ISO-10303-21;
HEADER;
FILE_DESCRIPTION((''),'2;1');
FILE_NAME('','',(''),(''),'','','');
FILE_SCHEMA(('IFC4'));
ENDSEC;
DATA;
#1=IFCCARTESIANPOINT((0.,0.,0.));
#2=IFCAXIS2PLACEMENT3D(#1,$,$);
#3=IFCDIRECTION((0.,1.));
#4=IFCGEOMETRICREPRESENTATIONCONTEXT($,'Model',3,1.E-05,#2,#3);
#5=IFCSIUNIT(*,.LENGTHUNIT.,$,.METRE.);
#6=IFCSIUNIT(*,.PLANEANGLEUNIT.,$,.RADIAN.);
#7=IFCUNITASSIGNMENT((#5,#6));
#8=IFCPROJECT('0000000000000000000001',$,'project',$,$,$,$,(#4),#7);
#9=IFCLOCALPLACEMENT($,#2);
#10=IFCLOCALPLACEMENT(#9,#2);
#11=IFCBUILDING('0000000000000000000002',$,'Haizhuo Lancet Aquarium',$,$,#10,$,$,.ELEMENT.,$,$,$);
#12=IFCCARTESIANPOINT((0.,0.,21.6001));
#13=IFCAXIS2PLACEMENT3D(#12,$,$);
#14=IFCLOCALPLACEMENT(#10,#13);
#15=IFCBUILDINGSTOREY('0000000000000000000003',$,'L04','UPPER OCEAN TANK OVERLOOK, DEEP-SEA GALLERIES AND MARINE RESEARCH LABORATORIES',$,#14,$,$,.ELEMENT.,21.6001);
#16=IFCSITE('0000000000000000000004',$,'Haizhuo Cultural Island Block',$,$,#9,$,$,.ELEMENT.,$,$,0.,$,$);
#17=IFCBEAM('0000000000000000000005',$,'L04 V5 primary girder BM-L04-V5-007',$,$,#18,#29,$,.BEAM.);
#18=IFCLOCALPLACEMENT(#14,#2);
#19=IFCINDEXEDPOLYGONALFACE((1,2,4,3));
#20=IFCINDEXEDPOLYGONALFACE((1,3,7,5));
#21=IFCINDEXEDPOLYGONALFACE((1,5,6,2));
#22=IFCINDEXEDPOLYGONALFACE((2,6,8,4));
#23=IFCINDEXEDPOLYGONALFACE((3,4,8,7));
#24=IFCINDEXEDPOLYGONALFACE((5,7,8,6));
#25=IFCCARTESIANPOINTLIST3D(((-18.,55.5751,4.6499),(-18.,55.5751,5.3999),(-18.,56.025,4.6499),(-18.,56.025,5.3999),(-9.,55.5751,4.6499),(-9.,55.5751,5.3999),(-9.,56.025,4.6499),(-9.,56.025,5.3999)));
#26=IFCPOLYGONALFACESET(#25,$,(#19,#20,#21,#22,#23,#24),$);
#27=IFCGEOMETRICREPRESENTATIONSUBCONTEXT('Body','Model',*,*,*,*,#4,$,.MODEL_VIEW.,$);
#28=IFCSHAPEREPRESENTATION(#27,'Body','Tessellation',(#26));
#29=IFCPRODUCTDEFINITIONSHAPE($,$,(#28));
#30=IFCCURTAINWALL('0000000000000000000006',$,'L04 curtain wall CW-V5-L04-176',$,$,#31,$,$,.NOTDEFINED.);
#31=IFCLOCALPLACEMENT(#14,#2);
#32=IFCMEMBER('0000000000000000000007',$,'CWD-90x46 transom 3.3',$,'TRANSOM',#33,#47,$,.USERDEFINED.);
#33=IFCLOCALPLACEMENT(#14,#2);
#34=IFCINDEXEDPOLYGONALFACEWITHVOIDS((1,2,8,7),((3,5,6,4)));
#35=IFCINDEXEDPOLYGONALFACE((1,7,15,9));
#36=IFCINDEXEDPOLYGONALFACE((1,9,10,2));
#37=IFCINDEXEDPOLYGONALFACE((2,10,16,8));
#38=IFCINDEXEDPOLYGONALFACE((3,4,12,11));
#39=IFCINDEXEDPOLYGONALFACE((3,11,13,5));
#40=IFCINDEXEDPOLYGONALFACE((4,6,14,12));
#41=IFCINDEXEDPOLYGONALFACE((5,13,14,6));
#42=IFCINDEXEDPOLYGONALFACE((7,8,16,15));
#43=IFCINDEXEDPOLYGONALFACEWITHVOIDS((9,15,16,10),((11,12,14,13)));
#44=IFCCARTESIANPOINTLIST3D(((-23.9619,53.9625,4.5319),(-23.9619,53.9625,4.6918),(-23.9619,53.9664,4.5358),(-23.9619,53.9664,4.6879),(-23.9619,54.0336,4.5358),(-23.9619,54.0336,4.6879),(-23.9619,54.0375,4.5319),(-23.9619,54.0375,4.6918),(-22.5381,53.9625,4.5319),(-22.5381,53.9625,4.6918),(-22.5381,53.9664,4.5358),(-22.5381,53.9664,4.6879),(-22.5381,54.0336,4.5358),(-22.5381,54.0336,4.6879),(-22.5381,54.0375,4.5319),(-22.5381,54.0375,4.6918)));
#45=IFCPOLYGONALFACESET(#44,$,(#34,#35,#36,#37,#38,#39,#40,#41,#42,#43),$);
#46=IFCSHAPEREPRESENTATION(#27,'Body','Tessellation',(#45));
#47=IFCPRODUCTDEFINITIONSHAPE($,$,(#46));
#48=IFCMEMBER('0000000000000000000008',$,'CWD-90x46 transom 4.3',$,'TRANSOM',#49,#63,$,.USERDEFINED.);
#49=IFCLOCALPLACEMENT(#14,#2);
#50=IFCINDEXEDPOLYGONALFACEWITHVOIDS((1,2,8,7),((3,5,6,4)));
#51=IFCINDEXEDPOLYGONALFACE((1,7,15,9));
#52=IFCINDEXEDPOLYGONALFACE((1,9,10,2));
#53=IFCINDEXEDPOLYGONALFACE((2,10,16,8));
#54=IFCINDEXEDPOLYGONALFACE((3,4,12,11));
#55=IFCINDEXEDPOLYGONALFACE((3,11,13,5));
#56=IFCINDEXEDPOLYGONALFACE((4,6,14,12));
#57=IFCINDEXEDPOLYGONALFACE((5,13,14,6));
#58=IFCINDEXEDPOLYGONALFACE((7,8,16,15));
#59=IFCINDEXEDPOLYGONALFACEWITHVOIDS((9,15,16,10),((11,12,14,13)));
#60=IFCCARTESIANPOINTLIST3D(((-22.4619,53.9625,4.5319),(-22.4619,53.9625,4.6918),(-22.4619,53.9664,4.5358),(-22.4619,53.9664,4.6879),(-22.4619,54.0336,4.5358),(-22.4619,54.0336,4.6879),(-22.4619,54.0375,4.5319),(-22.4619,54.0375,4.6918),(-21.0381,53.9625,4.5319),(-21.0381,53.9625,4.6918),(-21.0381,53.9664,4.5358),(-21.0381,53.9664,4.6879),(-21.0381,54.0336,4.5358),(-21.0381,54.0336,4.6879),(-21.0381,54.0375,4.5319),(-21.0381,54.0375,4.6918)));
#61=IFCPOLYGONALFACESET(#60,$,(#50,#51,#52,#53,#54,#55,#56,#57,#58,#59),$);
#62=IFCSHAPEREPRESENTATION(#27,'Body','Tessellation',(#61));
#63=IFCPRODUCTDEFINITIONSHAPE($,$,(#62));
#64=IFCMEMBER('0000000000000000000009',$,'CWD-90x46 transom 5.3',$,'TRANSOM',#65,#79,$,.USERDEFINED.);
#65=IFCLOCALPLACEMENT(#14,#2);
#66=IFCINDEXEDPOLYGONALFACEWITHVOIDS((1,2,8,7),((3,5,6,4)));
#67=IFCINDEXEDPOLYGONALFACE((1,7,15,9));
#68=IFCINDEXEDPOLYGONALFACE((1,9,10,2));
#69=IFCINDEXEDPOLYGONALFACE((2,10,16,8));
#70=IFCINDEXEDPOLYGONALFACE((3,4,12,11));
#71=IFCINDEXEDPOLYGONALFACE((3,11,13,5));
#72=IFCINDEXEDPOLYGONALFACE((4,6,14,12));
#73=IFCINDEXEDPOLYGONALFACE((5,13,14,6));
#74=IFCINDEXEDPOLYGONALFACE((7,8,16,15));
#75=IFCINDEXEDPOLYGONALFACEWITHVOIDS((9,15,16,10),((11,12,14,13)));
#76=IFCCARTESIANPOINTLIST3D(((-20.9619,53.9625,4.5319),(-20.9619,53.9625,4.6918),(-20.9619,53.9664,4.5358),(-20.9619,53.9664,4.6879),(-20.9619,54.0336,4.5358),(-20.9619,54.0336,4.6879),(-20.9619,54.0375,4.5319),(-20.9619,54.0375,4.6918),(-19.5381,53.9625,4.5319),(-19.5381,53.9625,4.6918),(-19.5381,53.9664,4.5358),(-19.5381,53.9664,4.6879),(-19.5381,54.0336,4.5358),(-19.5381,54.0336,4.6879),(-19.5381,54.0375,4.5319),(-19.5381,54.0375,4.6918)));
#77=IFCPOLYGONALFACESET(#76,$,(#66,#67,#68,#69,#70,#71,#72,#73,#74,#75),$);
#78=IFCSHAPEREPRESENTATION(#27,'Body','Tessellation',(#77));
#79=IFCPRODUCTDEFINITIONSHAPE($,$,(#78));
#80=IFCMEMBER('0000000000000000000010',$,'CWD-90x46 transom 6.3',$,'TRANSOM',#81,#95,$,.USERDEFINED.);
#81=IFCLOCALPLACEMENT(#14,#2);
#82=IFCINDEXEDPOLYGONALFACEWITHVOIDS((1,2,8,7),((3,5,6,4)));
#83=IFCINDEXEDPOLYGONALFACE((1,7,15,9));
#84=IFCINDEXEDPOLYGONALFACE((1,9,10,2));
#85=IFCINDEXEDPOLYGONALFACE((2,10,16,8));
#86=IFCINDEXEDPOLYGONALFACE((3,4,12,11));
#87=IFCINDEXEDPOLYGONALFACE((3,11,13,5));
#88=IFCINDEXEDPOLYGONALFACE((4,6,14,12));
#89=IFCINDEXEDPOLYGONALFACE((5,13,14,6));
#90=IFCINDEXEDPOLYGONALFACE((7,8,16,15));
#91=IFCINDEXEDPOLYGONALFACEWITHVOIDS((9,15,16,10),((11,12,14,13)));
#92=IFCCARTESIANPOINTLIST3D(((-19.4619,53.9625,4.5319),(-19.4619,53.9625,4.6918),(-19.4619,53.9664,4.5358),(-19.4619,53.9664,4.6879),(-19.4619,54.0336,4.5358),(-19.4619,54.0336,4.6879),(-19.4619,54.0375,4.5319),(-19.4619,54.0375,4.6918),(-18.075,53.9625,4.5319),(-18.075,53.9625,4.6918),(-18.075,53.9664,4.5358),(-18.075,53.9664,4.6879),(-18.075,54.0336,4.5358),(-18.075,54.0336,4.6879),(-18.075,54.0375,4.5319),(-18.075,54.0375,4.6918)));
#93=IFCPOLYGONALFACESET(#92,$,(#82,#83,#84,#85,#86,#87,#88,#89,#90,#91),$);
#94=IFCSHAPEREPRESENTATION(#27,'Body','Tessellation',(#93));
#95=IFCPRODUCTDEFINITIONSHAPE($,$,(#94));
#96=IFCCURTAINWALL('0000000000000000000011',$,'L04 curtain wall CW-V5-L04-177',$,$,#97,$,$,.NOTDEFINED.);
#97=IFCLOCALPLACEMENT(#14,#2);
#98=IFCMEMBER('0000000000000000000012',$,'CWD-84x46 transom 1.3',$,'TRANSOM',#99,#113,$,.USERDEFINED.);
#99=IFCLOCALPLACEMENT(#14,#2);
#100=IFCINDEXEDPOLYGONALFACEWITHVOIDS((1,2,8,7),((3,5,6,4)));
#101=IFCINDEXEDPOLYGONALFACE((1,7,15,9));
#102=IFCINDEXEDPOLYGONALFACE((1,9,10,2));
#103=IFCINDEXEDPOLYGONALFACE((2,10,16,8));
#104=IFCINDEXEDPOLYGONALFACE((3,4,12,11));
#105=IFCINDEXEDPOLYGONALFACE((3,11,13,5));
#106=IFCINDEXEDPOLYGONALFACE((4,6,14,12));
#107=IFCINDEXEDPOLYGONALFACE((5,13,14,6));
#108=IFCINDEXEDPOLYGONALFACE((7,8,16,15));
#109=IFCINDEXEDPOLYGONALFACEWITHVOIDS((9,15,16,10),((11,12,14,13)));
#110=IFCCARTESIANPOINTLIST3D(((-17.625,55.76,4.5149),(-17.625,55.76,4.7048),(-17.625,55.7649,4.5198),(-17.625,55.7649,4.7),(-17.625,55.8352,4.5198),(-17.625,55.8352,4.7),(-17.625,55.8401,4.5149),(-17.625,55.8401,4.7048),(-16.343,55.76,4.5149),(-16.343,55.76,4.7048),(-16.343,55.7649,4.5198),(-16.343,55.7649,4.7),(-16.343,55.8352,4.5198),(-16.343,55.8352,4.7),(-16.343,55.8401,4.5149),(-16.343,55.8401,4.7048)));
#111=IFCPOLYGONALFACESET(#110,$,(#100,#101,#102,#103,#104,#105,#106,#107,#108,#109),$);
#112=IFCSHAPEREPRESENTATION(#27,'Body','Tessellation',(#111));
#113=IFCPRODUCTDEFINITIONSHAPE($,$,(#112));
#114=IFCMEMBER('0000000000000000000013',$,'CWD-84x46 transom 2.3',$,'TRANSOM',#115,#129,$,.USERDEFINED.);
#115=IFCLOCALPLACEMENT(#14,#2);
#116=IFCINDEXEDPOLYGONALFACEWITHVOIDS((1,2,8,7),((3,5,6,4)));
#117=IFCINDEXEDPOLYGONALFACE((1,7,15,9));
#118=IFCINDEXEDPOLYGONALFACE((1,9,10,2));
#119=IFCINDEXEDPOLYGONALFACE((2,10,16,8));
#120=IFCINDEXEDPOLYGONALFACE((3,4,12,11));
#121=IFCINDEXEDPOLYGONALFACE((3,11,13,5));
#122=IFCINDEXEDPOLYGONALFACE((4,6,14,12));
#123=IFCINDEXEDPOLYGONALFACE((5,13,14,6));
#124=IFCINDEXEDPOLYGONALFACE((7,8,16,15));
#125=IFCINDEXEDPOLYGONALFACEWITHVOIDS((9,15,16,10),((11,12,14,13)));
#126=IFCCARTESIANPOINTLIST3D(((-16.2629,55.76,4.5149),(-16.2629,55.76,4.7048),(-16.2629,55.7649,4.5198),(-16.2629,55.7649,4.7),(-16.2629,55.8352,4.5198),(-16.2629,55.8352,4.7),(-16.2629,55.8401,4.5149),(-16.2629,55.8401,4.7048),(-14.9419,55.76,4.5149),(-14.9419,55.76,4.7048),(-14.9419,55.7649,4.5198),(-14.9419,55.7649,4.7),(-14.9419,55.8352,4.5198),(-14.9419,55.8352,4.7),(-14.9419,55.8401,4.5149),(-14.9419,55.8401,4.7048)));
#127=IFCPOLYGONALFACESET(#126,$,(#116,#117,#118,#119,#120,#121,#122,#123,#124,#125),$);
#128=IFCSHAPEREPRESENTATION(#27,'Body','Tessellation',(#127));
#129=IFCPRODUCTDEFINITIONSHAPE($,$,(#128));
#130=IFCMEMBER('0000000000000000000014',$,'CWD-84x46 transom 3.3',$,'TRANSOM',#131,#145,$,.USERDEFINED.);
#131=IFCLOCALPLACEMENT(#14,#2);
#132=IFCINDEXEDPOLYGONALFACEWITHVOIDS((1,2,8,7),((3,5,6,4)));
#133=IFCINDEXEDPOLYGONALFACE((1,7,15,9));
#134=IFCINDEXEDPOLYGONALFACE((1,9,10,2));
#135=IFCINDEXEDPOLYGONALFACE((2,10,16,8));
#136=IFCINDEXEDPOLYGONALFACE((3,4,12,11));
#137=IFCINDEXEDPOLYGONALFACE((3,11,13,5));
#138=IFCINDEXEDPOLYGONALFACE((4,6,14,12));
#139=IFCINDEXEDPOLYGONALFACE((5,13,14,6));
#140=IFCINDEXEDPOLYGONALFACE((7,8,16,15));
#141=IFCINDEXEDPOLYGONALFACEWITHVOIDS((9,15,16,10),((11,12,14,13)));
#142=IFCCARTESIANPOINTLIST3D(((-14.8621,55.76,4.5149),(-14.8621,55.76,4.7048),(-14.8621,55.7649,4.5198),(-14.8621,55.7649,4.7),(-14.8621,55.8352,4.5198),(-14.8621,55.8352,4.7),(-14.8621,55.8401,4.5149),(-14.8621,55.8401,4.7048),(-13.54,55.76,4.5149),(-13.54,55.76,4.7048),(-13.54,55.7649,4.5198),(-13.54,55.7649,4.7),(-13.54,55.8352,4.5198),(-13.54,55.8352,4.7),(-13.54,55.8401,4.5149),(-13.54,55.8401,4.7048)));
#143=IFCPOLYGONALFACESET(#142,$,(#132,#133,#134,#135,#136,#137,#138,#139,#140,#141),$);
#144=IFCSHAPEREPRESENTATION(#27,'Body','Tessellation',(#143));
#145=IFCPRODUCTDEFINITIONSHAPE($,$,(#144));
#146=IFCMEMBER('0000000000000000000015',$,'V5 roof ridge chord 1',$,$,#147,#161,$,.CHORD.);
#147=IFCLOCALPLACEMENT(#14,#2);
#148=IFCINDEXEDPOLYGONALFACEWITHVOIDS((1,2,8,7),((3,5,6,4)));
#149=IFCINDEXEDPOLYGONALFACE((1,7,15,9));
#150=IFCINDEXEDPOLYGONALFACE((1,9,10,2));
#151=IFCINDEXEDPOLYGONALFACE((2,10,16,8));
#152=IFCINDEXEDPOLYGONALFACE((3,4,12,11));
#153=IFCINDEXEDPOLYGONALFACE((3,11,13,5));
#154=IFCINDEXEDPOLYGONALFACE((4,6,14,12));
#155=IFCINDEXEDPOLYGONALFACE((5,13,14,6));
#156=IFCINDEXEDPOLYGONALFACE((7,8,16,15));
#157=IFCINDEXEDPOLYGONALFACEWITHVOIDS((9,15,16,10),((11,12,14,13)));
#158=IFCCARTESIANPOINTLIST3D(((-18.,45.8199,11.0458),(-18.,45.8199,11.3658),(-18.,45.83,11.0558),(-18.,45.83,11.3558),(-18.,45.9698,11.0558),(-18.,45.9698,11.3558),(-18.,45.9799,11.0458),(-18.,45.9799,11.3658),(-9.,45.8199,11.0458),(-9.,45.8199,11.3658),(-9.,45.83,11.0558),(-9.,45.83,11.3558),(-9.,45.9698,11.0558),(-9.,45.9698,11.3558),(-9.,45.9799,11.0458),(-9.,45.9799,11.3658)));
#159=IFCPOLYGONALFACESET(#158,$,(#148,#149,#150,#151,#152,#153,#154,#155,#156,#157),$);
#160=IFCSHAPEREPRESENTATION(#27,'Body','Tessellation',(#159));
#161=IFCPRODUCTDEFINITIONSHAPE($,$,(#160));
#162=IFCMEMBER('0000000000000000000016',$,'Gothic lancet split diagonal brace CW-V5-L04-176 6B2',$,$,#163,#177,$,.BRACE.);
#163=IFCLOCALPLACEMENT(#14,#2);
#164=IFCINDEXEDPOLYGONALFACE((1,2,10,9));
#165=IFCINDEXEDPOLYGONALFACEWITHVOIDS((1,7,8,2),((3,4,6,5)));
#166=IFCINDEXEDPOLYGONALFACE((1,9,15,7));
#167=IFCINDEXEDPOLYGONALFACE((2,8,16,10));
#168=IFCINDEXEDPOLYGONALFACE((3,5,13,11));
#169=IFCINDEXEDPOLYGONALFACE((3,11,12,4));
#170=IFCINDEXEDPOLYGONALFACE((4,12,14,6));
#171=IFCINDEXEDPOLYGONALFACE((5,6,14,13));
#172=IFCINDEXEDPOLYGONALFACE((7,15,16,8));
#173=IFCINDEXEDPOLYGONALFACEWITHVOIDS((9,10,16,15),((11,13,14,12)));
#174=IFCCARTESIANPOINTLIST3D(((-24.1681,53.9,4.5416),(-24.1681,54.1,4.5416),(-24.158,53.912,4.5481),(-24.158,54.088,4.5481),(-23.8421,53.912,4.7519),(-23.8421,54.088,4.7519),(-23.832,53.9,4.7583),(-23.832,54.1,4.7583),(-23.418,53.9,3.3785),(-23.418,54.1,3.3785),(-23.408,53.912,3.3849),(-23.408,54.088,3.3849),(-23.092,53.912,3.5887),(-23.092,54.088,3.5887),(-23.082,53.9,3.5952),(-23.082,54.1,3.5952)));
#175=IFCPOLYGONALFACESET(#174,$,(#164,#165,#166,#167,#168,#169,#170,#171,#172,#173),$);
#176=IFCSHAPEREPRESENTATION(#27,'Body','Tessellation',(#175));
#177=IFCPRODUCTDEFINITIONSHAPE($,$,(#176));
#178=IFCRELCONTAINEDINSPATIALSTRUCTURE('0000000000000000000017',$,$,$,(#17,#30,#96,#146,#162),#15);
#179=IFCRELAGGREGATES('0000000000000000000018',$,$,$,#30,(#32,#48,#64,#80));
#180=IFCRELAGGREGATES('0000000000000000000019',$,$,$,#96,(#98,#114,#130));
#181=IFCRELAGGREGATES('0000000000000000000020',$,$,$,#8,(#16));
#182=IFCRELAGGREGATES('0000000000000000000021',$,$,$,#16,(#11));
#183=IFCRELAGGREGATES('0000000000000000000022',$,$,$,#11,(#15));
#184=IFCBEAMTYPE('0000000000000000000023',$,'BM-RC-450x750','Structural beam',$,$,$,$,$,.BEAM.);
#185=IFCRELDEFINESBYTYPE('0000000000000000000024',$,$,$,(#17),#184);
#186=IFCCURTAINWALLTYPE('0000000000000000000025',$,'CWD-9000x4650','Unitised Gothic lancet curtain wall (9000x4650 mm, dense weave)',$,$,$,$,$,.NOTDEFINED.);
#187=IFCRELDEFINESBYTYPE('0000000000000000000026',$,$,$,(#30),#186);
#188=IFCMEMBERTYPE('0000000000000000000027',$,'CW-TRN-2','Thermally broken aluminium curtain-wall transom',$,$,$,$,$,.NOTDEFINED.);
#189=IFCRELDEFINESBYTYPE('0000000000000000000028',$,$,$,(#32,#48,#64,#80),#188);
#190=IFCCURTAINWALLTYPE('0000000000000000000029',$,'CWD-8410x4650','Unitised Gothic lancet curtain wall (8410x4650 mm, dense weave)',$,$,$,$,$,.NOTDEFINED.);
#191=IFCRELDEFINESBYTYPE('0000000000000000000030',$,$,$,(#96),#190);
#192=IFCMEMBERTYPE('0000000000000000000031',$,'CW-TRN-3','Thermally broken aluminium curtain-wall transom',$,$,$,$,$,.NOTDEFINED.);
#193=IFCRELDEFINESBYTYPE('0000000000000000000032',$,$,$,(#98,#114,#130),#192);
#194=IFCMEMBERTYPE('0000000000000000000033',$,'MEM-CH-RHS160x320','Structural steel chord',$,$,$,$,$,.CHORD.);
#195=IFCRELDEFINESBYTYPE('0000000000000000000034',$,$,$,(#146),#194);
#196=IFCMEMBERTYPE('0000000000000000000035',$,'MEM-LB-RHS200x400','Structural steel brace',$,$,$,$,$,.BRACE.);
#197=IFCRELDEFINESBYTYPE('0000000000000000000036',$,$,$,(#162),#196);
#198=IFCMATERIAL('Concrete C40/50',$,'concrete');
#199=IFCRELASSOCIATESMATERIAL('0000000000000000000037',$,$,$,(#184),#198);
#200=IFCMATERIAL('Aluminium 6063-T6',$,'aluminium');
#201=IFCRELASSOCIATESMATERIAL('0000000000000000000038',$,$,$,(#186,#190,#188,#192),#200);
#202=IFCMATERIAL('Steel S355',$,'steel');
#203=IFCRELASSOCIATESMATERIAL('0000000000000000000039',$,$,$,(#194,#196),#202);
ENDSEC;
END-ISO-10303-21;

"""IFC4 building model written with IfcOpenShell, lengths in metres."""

from ifc_helpers import new_model, si_unit, direction, frame, origin, origin_2d, place, context, subcontext, project, spatial, rectangle, hollow_rectangle, extrude, material, material_profile, profile_set, type_object, element, aggregate, save


model = new_model("IFC4")

# Units and contexts
model_context = context("Model", 3, precision=1e-05, world=origin(), true_north=direction((0.0, 1.0)))
body_context = subcontext(model_context, "Body", "Model", "MODEL_VIEW")
ifc_project = project(units=[si_unit("LENGTHUNIT", "METRE"), si_unit("PLANEANGLEUNIT", "RADIAN")], contexts=[model_context])

# Site, building, storey
site_placement = place(None, origin())
site = spatial("IfcSite", under=ifc_project, at=site_placement, Name="Haizhuo Cultural Island Block", CompositionType="ELEMENT", RefElevation=0.0)
building_placement = place(site_placement, origin())
building = spatial("IfcBuilding", under=site, at=building_placement, Name="Haizhuo Lancet Aquarium", CompositionType="ELEMENT")
storey_placement = place(building_placement, frame((0.0, 0.0, 21.6001)))
storey = spatial("IfcBuildingStorey", under=building, at=storey_placement, Name="L04", Description="UPPER OCEAN TANK OVERLOOK, DEEP-SEA GALLERIES AND MARINE RESEARCH LABORATORIES", CompositionType="ELEMENT", Elevation=21.6001)

# Beam
ifc_material_1 = material(Name="Concrete C40/50", Category="concrete")
ifc_material_profile_1 = material_profile(ifc_material_1, rectangle(XDim=0.45, YDim=0.75, at=origin_2d()), Name="RC-BM 450x750")
ifc_profile_set_1 = profile_set([ifc_material_profile_1], Name="Concrete C40/50")
beam_type = type_object("IfcBeamType", Name="BM-RC-450x750", Description="Structural beam", PredefinedType="BEAM", material=ifc_profile_set_1)
beam_placement = place(storey_placement, frame((-18.0, 55.8, 5.0249), z_axis=(1.0, 0.0, 0.0), x_axis=(0.0, 1.0, 0.0)))
element("IfcBeam", 1, at=beam_placement, inside=storey, type_object=beam_type, Name="L04 V5 primary girder BM-L04-V5-007", PredefinedType="BEAM", context=body_context, shape_type="SweptSolid", body=[
    extrude(rectangle(XDim=0.45, YDim=0.75, at=origin_2d()), origin(), (0.0, 0.0, 1.0), 9.0),
])

# Curtain walls, members
ifc_material_2 = material(Name="Aluminium 6063-T6", Category="aluminium")
curtain_wall_type_1 = type_object("IfcCurtainWallType", Name="CWD-9000x4650", Description="Unitised Gothic lancet curtain wall (9000x4650 mm, dense weave)", PredefinedType="NOTDEFINED", material=ifc_material_2)
curtain_wall_1_placement = place(storey_placement, origin())
curtain_wall_1 = element("IfcCurtainWall", 2, at=curtain_wall_1_placement, inside=storey, type_object=curtain_wall_type_1, Name="L04 curtain wall CW-V5-L04-176", PredefinedType="NOTDEFINED")
ifc_material_profile_2 = material_profile(ifc_material_2, hollow_rectangle(XDim=0.075, YDim=0.1599, WallThickness=0.0039, at=origin_2d()), Name="ALU-T 75x160x4")
ifc_profile_set_2 = profile_set([ifc_material_profile_2], Name="Aluminium 6063-T6")
member_type_1 = type_object("IfcMemberType", Name="CW-TRN-2", Description="Thermally broken aluminium curtain-wall transom", PredefinedType="NOTDEFINED", material=ifc_profile_set_2)
member_1_placement = place(storey_placement, frame((-23.9619, 54.0, 4.6118), z_axis=(1.0, 0.0, 0.0), x_axis=(0.0, 1.0, 0.0)))
member_1 = element("IfcMember", 3, at=member_1_placement, type_object=member_type_1, Name="CWD-90x46 transom 3.3", ObjectType="TRANSOM", PredefinedType="USERDEFINED", context=body_context, shape_type="SweptSolid", body=[
    extrude(hollow_rectangle(XDim=0.075, YDim=0.1599, WallThickness=0.0039, at=origin_2d()), origin(), (0.0, 0.0, 1.0), 1.4238),
])
member_2_placement = place(storey_placement, frame((-22.4619, 54.0, 4.6118), z_axis=(1.0, 0.0, 0.0), x_axis=(0.0, 1.0, 0.0)))
member_2 = element("IfcMember", 4, at=member_2_placement, type_object=member_type_1, Name="CWD-90x46 transom 4.3", ObjectType="TRANSOM", PredefinedType="USERDEFINED", context=body_context, shape_type="SweptSolid", body=[
    extrude(hollow_rectangle(XDim=0.075, YDim=0.1599, WallThickness=0.0039, at=origin_2d()), origin(), (0.0, 0.0, 1.0), 1.4238),
])
member_3_placement = place(storey_placement, frame((-20.9619, 54.0, 4.6118), z_axis=(1.0, 0.0, 0.0), x_axis=(0.0, 1.0, 0.0)))
member_3 = element("IfcMember", 5, at=member_3_placement, type_object=member_type_1, Name="CWD-90x46 transom 5.3", ObjectType="TRANSOM", PredefinedType="USERDEFINED", context=body_context, shape_type="SweptSolid", body=[
    extrude(hollow_rectangle(XDim=0.075, YDim=0.1599, WallThickness=0.0039, at=origin_2d()), origin(), (0.0, 0.0, 1.0), 1.4238),
])
member_4_placement = place(storey_placement, frame((-19.4619, 54.0, 4.6118), z_axis=(1.0, 0.0, 0.0), x_axis=(0.0, 1.0, 0.0)))
member_4 = element("IfcMember", 6, at=member_4_placement, type_object=member_type_1, Name="CWD-90x46 transom 6.3", ObjectType="TRANSOM", PredefinedType="USERDEFINED", context=body_context, shape_type="SweptSolid", body=[
    extrude(hollow_rectangle(XDim=0.075, YDim=0.1599, WallThickness=0.0039, at=origin_2d()), origin(), (0.0, 0.0, 1.0), 1.387),
])
aggregate(curtain_wall_1, [member_1, member_2, member_3, member_4])
curtain_wall_type_2 = type_object("IfcCurtainWallType", Name="CWD-8410x4650", Description="Unitised Gothic lancet curtain wall (8410x4650 mm, dense weave)", PredefinedType="NOTDEFINED", material=ifc_material_2)
curtain_wall_2_placement = place(storey_placement, origin())
curtain_wall_2 = element("IfcCurtainWall", 7, at=curtain_wall_2_placement, inside=storey, type_object=curtain_wall_type_2, Name="L04 curtain wall CW-V5-L04-177", PredefinedType="NOTDEFINED")
ifc_material_profile_3 = material_profile(ifc_material_2, hollow_rectangle(XDim=0.0801, YDim=0.1899, WallThickness=0.0049, at=origin_2d()), Name="ALU-T 80x190x5")
ifc_profile_set_3 = profile_set([ifc_material_profile_3], Name="Aluminium 6063-T6")
member_type_2 = type_object("IfcMemberType", Name="CW-TRN-3", Description="Thermally broken aluminium curtain-wall transom", PredefinedType="NOTDEFINED", material=ifc_profile_set_3)
member_5_placement = place(storey_placement, frame((-17.625, 55.8, 4.6099), z_axis=(1.0, 0.0, 0.0), x_axis=(0.0, 1.0, 0.0)))
member_5 = element("IfcMember", 8, at=member_5_placement, type_object=member_type_2, Name="CWD-84x46 transom 1.3", ObjectType="TRANSOM", PredefinedType="USERDEFINED", context=body_context, shape_type="SweptSolid", body=[
    extrude(hollow_rectangle(XDim=0.0801, YDim=0.1899, WallThickness=0.0049, at=origin_2d()), origin(), (0.0, 0.0, 1.0), 1.282),
])
member_6_placement = place(storey_placement, frame((-16.2629, 55.8, 4.6099), z_axis=(1.0, 0.0, 0.0), x_axis=(0.0, 1.0, 0.0)))
member_6 = element("IfcMember", 9, at=member_6_placement, type_object=member_type_2, Name="CWD-84x46 transom 2.3", ObjectType="TRANSOM", PredefinedType="USERDEFINED", context=body_context, shape_type="SweptSolid", body=[
    extrude(hollow_rectangle(XDim=0.0801, YDim=0.1899, WallThickness=0.0049, at=origin_2d()), origin(), (0.0, 0.0, 1.0), 1.321),
])
member_7_placement = place(storey_placement, frame((-14.8621, 55.8, 4.6099), z_axis=(1.0, 0.0, 0.0), x_axis=(0.0, 1.0, 0.0)))
member_7 = element("IfcMember", 10, at=member_7_placement, type_object=member_type_2, Name="CWD-84x46 transom 3.3", ObjectType="TRANSOM", PredefinedType="USERDEFINED", context=body_context, shape_type="SweptSolid", body=[
    extrude(hollow_rectangle(XDim=0.0801, YDim=0.1899, WallThickness=0.0049, at=origin_2d()), origin(), (0.0, 0.0, 1.0), 1.322),
])

# Members
ifc_material_3 = material(Name="Steel S355", Category="steel")
ifc_material_profile_4 = material_profile(ifc_material_3, hollow_rectangle(XDim=0.1599, YDim=0.3201, WallThickness=0.01, at=origin_2d()), Name="RHS 160x320x10")
ifc_profile_set_4 = profile_set([ifc_material_profile_4], Name="Steel S355")
member_type_3 = type_object("IfcMemberType", Name="MEM-CH-RHS160x320", Description="Structural steel chord", PredefinedType="CHORD", material=ifc_profile_set_4)
member_8_placement = place(storey_placement, frame((-18.0, 45.8999, 11.2058), z_axis=(1.0, 0.0, 0.0), x_axis=(0.0, 1.0, 0.0)))
element("IfcMember", 11, at=member_8_placement, inside=storey, type_object=member_type_3, Name="V5 roof ridge chord 1", PredefinedType="CHORD", context=body_context, shape_type="SweptSolid", body=[
    extrude(hollow_rectangle(XDim=0.1599, YDim=0.3201, WallThickness=0.01, at=origin_2d()), origin(), (0.0, 0.0, 1.0), 9.0),
])
ifc_material_profile_5 = material_profile(ifc_material_3, hollow_rectangle(XDim=0.2, YDim=0.3999, WallThickness=0.012, at=origin_2d()), Name="RHS 200x400x12")
ifc_profile_set_5 = profile_set([ifc_material_profile_5], Name="Steel S355")
member_type_4 = type_object("IfcMemberType", Name="MEM-LB-RHS200x400", Description="Structural steel brace", PredefinedType="BRACE", material=ifc_profile_set_5)
for number, where, z_axis, x_axis, name in (
    (12, (-23.25, 54.0, 3.4868), (-0.541934, 0.0, 0.840421), (0.0, -1.0, 0.0), "Gothic lancet split diagonal brace CW-V5-L04-176 6B2"),
):
    element("IfcMember", number, at=place(storey_placement, frame(where, z_axis=z_axis, x_axis=x_axis)), inside=storey, type_object=member_type_4, Name=name, PredefinedType="BRACE", context=body_context, shape_type="SweptSolid", body=[
        extrude(hollow_rectangle(XDim=0.2, YDim=0.3999, WallThickness=0.012, at=origin_2d()), origin(), (0.0, 0.0, 1.0), 1.384),
    ])

aggregate(curtain_wall_2, [member_5, member_6, member_7])

save(model, "model.ifc")
